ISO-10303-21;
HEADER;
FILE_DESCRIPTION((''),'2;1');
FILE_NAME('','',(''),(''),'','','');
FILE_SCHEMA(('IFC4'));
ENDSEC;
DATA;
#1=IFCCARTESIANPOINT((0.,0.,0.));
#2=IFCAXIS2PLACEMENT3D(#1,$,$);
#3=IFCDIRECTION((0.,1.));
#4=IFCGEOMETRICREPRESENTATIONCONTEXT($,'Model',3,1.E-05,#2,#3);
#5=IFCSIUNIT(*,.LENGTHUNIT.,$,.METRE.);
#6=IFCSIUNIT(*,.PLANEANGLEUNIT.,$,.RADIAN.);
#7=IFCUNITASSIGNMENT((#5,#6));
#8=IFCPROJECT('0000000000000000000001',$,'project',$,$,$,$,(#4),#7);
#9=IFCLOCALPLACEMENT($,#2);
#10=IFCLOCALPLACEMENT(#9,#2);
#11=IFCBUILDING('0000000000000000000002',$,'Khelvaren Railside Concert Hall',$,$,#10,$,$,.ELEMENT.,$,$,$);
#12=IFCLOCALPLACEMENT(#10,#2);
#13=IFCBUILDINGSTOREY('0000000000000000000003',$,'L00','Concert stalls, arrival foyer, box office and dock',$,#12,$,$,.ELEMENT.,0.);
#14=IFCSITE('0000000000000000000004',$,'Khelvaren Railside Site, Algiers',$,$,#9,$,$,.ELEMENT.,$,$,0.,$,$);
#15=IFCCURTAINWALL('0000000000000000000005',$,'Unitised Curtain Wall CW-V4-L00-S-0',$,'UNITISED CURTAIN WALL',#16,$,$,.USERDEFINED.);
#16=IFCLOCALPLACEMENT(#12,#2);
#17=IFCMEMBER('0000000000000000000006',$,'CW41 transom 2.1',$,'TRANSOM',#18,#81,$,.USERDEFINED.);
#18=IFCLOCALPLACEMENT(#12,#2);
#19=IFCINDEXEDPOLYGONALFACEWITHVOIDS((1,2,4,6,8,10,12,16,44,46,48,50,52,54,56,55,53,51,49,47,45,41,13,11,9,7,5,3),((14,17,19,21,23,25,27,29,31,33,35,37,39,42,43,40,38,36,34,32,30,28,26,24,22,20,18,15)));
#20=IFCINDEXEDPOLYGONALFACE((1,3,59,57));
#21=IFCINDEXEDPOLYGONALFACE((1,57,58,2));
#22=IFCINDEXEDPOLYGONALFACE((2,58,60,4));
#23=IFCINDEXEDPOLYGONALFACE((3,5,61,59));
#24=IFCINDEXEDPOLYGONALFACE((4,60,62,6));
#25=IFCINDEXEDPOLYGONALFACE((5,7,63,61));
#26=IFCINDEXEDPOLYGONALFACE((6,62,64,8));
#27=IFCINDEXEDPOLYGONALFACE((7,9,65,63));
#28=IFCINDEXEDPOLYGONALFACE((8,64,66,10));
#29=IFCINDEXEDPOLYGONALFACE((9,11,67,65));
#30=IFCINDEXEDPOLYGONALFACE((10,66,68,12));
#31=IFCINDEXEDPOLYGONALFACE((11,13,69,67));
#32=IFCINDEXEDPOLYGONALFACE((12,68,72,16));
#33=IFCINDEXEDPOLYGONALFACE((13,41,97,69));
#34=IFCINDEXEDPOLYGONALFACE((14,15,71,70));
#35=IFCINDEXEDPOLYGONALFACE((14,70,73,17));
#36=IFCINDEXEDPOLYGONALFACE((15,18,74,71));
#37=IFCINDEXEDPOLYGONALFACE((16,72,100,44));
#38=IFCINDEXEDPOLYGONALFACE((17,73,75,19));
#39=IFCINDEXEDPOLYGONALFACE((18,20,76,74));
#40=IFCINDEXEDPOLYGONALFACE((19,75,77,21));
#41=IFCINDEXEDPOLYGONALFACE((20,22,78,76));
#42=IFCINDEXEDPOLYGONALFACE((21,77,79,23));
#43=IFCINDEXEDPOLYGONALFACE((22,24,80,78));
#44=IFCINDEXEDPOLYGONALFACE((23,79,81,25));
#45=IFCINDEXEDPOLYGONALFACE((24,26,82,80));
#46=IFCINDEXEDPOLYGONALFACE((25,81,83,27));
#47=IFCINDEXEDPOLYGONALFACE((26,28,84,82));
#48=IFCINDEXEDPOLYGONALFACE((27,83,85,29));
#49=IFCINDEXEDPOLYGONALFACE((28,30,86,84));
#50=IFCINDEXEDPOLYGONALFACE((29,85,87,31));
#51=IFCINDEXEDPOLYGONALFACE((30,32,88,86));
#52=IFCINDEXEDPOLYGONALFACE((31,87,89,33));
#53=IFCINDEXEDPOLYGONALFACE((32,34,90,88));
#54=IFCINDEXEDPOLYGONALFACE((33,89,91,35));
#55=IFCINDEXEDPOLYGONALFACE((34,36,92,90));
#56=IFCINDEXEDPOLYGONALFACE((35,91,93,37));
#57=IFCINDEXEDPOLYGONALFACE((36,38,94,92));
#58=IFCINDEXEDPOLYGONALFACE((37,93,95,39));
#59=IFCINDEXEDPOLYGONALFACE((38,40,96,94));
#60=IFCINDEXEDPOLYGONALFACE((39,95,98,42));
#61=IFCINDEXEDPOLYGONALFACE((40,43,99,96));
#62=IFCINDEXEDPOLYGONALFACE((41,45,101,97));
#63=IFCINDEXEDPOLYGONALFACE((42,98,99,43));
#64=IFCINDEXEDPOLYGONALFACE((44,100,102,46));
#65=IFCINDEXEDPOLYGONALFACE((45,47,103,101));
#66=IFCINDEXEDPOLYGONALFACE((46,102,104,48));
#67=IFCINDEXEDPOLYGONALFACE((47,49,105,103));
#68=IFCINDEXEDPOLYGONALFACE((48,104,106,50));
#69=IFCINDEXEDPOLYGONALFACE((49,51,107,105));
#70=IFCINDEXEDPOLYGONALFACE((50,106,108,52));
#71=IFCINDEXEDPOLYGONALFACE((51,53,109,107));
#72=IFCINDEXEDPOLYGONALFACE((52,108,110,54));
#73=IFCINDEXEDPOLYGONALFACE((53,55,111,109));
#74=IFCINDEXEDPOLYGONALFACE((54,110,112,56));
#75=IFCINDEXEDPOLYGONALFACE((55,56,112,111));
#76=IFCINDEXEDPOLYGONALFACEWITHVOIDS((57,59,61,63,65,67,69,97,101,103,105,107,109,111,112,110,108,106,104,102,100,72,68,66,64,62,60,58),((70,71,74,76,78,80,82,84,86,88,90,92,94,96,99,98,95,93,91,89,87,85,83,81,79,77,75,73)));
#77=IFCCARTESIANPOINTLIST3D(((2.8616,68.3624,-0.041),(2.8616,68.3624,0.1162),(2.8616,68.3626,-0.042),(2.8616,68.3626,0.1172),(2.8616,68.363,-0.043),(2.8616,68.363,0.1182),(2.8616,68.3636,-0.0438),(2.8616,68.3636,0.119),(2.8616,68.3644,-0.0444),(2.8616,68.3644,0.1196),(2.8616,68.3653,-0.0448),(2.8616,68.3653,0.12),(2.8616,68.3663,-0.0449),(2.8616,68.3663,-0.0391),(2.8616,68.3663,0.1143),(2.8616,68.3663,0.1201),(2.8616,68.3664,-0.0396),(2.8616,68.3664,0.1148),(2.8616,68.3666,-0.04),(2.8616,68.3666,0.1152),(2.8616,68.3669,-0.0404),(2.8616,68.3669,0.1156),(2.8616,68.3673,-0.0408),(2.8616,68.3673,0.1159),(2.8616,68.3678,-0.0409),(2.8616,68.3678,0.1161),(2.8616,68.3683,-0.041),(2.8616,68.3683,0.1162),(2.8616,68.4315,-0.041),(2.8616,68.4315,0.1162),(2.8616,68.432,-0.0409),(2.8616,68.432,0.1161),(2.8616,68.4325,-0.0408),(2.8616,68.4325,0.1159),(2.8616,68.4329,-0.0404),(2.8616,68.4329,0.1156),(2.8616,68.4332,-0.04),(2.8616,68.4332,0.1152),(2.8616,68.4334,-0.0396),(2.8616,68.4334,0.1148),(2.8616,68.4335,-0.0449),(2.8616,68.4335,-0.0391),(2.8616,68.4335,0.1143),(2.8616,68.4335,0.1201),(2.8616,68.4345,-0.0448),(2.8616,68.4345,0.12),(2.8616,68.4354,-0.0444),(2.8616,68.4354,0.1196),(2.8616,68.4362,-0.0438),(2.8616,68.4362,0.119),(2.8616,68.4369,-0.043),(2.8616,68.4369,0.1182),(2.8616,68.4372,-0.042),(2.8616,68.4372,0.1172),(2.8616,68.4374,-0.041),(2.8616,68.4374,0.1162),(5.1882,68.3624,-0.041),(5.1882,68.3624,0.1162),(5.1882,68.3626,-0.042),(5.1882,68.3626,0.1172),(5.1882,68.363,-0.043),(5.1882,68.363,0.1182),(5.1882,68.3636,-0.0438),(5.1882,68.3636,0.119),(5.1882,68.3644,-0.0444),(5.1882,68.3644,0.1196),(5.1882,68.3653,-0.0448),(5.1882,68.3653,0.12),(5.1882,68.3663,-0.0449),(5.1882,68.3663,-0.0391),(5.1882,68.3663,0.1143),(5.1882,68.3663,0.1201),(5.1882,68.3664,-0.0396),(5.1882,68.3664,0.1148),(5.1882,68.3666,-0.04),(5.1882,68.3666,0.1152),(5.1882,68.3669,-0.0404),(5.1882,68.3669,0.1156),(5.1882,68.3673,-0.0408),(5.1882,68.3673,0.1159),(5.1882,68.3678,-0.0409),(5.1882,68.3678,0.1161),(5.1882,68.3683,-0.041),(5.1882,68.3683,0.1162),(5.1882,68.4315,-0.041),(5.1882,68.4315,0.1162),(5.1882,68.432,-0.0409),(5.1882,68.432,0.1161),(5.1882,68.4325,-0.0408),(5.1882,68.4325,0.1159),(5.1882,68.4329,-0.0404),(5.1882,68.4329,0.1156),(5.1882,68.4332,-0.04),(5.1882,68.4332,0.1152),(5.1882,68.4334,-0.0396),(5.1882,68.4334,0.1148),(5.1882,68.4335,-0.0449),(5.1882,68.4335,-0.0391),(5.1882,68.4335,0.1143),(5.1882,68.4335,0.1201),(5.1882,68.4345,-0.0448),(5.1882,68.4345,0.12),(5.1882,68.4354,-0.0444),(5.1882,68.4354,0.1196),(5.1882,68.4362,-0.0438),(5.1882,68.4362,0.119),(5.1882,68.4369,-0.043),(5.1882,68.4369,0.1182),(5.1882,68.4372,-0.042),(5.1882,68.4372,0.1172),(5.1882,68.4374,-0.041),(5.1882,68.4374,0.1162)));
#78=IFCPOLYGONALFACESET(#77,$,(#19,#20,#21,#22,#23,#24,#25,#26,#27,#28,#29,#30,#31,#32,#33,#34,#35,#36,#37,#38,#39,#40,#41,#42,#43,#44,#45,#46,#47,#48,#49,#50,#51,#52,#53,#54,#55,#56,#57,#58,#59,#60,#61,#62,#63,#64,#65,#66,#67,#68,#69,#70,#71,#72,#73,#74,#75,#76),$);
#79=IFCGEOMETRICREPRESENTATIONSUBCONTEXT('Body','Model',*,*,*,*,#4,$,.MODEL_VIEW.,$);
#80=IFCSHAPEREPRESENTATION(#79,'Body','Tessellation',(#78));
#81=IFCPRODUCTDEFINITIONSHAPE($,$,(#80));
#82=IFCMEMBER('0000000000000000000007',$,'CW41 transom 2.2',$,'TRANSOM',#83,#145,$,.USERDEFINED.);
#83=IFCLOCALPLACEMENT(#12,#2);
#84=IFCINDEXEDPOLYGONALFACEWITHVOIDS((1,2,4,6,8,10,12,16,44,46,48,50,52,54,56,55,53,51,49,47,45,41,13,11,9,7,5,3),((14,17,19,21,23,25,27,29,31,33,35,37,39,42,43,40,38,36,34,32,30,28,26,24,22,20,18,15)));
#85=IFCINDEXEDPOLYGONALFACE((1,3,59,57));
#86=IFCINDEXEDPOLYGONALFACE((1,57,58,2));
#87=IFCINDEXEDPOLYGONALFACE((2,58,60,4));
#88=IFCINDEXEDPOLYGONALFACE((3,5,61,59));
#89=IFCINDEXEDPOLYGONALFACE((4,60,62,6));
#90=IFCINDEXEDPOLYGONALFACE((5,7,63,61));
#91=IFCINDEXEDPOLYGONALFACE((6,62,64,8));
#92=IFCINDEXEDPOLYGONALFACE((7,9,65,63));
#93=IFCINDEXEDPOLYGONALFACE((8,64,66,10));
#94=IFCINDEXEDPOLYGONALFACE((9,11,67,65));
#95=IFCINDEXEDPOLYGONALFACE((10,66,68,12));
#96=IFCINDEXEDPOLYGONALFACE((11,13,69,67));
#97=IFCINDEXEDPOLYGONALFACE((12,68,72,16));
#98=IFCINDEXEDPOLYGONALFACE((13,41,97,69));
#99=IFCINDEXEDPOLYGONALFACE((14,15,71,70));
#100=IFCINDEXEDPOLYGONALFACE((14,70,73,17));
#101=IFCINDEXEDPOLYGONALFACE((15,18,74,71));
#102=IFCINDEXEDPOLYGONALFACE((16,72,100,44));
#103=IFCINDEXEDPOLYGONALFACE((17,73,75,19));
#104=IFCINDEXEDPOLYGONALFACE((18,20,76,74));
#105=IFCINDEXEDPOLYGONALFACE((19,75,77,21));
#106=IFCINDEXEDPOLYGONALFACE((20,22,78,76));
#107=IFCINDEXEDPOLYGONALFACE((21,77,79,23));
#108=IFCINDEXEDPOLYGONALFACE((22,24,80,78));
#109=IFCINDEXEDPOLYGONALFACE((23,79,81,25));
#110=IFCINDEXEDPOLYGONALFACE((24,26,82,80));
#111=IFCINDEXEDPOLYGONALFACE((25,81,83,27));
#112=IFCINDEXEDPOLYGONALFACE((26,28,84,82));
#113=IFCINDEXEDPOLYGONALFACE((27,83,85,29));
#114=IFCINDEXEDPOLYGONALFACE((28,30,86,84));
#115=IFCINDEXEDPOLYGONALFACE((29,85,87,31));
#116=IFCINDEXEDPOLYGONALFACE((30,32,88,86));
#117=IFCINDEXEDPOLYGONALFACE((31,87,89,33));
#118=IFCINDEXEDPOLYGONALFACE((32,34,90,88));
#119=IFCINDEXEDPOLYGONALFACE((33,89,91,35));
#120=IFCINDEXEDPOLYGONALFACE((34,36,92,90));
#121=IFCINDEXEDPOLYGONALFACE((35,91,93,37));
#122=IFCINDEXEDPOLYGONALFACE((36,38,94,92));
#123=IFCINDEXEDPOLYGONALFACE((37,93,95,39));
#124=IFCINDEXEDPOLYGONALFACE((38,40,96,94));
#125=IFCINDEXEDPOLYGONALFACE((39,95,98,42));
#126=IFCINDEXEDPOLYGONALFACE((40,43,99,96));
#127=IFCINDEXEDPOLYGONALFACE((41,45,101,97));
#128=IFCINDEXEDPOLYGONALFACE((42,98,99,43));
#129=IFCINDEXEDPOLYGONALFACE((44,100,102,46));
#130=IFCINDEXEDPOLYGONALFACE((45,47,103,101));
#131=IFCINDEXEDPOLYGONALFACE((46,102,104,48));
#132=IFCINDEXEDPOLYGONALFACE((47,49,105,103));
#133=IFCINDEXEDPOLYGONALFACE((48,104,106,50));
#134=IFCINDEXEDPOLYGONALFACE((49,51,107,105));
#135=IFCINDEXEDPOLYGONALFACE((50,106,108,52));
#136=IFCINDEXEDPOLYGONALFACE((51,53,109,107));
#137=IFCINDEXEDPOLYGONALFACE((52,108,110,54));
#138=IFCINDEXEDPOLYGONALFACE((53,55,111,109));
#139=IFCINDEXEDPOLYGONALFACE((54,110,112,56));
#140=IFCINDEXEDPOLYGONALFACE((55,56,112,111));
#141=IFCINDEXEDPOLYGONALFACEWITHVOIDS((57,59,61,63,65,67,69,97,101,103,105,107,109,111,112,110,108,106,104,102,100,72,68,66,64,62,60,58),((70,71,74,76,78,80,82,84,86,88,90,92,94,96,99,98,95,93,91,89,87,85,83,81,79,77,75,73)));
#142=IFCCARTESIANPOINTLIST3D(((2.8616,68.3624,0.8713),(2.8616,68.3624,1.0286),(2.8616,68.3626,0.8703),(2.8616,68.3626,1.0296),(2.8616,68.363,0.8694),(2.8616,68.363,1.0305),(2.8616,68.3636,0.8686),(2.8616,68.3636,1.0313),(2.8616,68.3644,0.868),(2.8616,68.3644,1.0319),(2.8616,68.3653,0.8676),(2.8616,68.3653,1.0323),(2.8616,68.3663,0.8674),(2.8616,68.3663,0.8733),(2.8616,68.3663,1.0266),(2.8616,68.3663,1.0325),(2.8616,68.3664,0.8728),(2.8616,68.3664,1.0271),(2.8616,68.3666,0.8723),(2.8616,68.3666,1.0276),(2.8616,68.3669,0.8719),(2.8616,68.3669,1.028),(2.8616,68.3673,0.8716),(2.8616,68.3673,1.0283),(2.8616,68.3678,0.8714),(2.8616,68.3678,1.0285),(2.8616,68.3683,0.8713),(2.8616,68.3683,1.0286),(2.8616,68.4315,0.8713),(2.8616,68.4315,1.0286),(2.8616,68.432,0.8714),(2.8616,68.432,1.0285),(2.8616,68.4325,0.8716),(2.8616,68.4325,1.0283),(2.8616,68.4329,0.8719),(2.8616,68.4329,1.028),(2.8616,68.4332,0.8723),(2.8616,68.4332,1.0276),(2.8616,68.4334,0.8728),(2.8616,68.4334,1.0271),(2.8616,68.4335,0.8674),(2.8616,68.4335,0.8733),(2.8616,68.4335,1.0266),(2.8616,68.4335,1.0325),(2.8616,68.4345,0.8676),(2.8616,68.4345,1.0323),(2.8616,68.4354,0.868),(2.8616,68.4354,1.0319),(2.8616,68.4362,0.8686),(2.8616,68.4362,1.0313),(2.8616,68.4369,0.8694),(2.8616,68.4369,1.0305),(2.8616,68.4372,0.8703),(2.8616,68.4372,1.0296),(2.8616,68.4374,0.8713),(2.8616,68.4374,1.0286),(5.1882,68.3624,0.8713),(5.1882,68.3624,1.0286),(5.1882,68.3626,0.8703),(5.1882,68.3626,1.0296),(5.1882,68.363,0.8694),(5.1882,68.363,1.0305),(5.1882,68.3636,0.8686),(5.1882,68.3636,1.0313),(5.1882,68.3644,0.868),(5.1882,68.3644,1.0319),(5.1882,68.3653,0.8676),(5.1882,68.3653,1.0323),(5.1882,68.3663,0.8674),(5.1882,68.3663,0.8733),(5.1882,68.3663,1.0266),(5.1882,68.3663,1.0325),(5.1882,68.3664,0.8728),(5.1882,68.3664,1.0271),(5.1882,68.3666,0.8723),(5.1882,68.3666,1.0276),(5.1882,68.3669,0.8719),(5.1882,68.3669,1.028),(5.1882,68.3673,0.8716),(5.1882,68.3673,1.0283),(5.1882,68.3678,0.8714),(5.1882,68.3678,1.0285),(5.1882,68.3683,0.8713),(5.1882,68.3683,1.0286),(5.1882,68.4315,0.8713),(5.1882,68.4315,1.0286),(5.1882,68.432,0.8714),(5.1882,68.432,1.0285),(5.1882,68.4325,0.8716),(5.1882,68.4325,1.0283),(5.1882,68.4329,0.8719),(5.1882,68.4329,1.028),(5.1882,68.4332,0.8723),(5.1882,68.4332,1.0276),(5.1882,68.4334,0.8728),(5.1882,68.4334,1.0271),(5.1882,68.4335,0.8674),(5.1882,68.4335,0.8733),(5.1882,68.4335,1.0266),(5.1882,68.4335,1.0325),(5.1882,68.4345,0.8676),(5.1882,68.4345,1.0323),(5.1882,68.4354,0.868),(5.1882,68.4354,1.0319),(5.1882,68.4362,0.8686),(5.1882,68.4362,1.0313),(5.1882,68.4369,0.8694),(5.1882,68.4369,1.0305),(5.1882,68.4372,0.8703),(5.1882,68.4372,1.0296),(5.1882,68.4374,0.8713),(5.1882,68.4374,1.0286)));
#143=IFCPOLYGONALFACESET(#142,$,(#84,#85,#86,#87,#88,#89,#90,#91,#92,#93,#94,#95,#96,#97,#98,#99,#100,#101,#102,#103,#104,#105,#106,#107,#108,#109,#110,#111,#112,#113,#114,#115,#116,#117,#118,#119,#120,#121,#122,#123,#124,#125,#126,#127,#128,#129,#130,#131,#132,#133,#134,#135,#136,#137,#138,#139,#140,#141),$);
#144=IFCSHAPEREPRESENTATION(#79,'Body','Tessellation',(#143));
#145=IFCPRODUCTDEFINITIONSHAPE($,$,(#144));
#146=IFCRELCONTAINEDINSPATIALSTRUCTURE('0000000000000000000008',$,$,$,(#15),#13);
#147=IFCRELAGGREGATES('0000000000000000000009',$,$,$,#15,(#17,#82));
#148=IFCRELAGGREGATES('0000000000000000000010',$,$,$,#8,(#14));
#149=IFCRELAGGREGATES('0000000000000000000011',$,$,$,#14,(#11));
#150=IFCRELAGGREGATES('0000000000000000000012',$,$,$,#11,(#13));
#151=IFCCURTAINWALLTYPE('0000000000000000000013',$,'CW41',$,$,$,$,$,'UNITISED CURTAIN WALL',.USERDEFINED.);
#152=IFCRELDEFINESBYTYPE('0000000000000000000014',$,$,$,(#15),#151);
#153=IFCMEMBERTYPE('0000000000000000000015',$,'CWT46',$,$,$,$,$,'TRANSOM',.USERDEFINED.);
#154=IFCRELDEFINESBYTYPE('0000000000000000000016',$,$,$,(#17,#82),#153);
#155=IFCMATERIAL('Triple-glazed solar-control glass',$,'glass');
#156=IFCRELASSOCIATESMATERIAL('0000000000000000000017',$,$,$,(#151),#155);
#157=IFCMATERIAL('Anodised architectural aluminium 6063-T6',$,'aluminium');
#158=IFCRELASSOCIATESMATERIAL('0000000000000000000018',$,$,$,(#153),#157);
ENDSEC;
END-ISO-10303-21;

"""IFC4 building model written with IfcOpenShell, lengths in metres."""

from ifc_helpers import new_model, si_unit, direction, frame, origin, origin_2d, place, context, subcontext, project, spatial, hollow_rectangle, extrude, material, material_profile, profile_set, type_object, element, aggregate, save


model = new_model("IFC4")

# Units and contexts
model_context = context("Model", 3, precision=1e-05, world=origin(), true_north=direction((0.0, 1.0)))
body_context = subcontext(model_context, "Body", "Model", "MODEL_VIEW")
ifc_project = project(units=[si_unit("LENGTHUNIT", "METRE"), si_unit("PLANEANGLEUNIT", "RADIAN")], contexts=[model_context])

# Site, building, storey
site_placement = place(None, origin())
site = spatial("IfcSite", under=ifc_project, at=site_placement, Name="Khelvaren Railside Site, Algiers", CompositionType="ELEMENT", RefElevation=0.0)
building_placement = place(site_placement, origin())
building = spatial("IfcBuilding", under=site, at=building_placement, Name="Khelvaren Railside Concert Hall", CompositionType="ELEMENT")
storey_placement = place(building_placement, origin())
storey = spatial("IfcBuildingStorey", under=building, at=storey_placement, Name="L00", Description="Concert stalls, arrival foyer, box office and dock", CompositionType="ELEMENT", Elevation=0.0)

# Curtain wall
ifc_material_1 = material(Name="Triple-glazed solar-control glass", Category="glass")
curtain_wall_type_1 = type_object("IfcCurtainWallType", Name="CW41", ElementType="UNITISED CURTAIN WALL", PredefinedType="USERDEFINED", material=ifc_material_1)
curtain_wall_1_placement = place(storey_placement, origin())
curtain_wall_1 = element("IfcCurtainWall", 1, at=curtain_wall_1_placement, inside=storey, type_object=curtain_wall_type_1, Name="Unitised Curtain Wall CW-V4-L00-S-0", ObjectType="UNITISED CURTAIN WALL", PredefinedType="USERDEFINED")
ifc_material_2 = material(Name="Anodised architectural aluminium 6063-T6", Category="aluminium")

# Members
ifc_material_profile_1 = material_profile(ifc_material_2, hollow_rectangle(XDim=0.075, YDim=0.165, WallThickness=0.0039, InnerFilletRadius=0.002, OuterFilletRadius=0.0039, at=origin_2d()), Name="CWT 75x165x4")
ifc_profile_set_1 = profile_set([ifc_material_profile_1], Name="Anodised architectural aluminium 6063-T6")
member_type_1 = type_object("IfcMemberType", Name="CWT46", ElementType="TRANSOM", PredefinedType="USERDEFINED", material=ifc_profile_set_1)
member_1_placement = place(storey_placement, frame((5.1882, 68.3999, 0.0376), z_axis=(-1.0, 0.0, 0.0), x_axis=(0.0, -1.0, 0.0)))
member_1 = element("IfcMember", 2, at=member_1_placement, type_object=member_type_1, Name="CW41 transom 2.1", ObjectType="TRANSOM", PredefinedType="USERDEFINED", context=body_context, shape_type="SweptSolid", body=[
    extrude(hollow_rectangle(XDim=0.075, YDim=0.165, WallThickness=0.0039, InnerFilletRadius=0.002, OuterFilletRadius=0.0039, at=origin_2d()), origin(), (0.0, 0.0, 1.0), 2.3267),
])
member_2_placement = place(storey_placement, frame((5.1882, 68.3999, 0.95), z_axis=(-1.0, 0.0, 0.0), x_axis=(0.0, -1.0, 0.0)))
member_2 = element("IfcMember", 3, at=member_2_placement, type_object=member_type_1, Name="CW41 transom 2.2", ObjectType="TRANSOM", PredefinedType="USERDEFINED", context=body_context, shape_type="SweptSolid", body=[
    extrude(hollow_rectangle(XDim=0.075, YDim=0.165, WallThickness=0.0039, InnerFilletRadius=0.002, OuterFilletRadius=0.0039, at=origin_2d()), origin(), (0.0, 0.0, 1.0), 2.3267),
])

aggregate(curtain_wall_1, [member_1, member_2])

save(model, "model.ifc")
